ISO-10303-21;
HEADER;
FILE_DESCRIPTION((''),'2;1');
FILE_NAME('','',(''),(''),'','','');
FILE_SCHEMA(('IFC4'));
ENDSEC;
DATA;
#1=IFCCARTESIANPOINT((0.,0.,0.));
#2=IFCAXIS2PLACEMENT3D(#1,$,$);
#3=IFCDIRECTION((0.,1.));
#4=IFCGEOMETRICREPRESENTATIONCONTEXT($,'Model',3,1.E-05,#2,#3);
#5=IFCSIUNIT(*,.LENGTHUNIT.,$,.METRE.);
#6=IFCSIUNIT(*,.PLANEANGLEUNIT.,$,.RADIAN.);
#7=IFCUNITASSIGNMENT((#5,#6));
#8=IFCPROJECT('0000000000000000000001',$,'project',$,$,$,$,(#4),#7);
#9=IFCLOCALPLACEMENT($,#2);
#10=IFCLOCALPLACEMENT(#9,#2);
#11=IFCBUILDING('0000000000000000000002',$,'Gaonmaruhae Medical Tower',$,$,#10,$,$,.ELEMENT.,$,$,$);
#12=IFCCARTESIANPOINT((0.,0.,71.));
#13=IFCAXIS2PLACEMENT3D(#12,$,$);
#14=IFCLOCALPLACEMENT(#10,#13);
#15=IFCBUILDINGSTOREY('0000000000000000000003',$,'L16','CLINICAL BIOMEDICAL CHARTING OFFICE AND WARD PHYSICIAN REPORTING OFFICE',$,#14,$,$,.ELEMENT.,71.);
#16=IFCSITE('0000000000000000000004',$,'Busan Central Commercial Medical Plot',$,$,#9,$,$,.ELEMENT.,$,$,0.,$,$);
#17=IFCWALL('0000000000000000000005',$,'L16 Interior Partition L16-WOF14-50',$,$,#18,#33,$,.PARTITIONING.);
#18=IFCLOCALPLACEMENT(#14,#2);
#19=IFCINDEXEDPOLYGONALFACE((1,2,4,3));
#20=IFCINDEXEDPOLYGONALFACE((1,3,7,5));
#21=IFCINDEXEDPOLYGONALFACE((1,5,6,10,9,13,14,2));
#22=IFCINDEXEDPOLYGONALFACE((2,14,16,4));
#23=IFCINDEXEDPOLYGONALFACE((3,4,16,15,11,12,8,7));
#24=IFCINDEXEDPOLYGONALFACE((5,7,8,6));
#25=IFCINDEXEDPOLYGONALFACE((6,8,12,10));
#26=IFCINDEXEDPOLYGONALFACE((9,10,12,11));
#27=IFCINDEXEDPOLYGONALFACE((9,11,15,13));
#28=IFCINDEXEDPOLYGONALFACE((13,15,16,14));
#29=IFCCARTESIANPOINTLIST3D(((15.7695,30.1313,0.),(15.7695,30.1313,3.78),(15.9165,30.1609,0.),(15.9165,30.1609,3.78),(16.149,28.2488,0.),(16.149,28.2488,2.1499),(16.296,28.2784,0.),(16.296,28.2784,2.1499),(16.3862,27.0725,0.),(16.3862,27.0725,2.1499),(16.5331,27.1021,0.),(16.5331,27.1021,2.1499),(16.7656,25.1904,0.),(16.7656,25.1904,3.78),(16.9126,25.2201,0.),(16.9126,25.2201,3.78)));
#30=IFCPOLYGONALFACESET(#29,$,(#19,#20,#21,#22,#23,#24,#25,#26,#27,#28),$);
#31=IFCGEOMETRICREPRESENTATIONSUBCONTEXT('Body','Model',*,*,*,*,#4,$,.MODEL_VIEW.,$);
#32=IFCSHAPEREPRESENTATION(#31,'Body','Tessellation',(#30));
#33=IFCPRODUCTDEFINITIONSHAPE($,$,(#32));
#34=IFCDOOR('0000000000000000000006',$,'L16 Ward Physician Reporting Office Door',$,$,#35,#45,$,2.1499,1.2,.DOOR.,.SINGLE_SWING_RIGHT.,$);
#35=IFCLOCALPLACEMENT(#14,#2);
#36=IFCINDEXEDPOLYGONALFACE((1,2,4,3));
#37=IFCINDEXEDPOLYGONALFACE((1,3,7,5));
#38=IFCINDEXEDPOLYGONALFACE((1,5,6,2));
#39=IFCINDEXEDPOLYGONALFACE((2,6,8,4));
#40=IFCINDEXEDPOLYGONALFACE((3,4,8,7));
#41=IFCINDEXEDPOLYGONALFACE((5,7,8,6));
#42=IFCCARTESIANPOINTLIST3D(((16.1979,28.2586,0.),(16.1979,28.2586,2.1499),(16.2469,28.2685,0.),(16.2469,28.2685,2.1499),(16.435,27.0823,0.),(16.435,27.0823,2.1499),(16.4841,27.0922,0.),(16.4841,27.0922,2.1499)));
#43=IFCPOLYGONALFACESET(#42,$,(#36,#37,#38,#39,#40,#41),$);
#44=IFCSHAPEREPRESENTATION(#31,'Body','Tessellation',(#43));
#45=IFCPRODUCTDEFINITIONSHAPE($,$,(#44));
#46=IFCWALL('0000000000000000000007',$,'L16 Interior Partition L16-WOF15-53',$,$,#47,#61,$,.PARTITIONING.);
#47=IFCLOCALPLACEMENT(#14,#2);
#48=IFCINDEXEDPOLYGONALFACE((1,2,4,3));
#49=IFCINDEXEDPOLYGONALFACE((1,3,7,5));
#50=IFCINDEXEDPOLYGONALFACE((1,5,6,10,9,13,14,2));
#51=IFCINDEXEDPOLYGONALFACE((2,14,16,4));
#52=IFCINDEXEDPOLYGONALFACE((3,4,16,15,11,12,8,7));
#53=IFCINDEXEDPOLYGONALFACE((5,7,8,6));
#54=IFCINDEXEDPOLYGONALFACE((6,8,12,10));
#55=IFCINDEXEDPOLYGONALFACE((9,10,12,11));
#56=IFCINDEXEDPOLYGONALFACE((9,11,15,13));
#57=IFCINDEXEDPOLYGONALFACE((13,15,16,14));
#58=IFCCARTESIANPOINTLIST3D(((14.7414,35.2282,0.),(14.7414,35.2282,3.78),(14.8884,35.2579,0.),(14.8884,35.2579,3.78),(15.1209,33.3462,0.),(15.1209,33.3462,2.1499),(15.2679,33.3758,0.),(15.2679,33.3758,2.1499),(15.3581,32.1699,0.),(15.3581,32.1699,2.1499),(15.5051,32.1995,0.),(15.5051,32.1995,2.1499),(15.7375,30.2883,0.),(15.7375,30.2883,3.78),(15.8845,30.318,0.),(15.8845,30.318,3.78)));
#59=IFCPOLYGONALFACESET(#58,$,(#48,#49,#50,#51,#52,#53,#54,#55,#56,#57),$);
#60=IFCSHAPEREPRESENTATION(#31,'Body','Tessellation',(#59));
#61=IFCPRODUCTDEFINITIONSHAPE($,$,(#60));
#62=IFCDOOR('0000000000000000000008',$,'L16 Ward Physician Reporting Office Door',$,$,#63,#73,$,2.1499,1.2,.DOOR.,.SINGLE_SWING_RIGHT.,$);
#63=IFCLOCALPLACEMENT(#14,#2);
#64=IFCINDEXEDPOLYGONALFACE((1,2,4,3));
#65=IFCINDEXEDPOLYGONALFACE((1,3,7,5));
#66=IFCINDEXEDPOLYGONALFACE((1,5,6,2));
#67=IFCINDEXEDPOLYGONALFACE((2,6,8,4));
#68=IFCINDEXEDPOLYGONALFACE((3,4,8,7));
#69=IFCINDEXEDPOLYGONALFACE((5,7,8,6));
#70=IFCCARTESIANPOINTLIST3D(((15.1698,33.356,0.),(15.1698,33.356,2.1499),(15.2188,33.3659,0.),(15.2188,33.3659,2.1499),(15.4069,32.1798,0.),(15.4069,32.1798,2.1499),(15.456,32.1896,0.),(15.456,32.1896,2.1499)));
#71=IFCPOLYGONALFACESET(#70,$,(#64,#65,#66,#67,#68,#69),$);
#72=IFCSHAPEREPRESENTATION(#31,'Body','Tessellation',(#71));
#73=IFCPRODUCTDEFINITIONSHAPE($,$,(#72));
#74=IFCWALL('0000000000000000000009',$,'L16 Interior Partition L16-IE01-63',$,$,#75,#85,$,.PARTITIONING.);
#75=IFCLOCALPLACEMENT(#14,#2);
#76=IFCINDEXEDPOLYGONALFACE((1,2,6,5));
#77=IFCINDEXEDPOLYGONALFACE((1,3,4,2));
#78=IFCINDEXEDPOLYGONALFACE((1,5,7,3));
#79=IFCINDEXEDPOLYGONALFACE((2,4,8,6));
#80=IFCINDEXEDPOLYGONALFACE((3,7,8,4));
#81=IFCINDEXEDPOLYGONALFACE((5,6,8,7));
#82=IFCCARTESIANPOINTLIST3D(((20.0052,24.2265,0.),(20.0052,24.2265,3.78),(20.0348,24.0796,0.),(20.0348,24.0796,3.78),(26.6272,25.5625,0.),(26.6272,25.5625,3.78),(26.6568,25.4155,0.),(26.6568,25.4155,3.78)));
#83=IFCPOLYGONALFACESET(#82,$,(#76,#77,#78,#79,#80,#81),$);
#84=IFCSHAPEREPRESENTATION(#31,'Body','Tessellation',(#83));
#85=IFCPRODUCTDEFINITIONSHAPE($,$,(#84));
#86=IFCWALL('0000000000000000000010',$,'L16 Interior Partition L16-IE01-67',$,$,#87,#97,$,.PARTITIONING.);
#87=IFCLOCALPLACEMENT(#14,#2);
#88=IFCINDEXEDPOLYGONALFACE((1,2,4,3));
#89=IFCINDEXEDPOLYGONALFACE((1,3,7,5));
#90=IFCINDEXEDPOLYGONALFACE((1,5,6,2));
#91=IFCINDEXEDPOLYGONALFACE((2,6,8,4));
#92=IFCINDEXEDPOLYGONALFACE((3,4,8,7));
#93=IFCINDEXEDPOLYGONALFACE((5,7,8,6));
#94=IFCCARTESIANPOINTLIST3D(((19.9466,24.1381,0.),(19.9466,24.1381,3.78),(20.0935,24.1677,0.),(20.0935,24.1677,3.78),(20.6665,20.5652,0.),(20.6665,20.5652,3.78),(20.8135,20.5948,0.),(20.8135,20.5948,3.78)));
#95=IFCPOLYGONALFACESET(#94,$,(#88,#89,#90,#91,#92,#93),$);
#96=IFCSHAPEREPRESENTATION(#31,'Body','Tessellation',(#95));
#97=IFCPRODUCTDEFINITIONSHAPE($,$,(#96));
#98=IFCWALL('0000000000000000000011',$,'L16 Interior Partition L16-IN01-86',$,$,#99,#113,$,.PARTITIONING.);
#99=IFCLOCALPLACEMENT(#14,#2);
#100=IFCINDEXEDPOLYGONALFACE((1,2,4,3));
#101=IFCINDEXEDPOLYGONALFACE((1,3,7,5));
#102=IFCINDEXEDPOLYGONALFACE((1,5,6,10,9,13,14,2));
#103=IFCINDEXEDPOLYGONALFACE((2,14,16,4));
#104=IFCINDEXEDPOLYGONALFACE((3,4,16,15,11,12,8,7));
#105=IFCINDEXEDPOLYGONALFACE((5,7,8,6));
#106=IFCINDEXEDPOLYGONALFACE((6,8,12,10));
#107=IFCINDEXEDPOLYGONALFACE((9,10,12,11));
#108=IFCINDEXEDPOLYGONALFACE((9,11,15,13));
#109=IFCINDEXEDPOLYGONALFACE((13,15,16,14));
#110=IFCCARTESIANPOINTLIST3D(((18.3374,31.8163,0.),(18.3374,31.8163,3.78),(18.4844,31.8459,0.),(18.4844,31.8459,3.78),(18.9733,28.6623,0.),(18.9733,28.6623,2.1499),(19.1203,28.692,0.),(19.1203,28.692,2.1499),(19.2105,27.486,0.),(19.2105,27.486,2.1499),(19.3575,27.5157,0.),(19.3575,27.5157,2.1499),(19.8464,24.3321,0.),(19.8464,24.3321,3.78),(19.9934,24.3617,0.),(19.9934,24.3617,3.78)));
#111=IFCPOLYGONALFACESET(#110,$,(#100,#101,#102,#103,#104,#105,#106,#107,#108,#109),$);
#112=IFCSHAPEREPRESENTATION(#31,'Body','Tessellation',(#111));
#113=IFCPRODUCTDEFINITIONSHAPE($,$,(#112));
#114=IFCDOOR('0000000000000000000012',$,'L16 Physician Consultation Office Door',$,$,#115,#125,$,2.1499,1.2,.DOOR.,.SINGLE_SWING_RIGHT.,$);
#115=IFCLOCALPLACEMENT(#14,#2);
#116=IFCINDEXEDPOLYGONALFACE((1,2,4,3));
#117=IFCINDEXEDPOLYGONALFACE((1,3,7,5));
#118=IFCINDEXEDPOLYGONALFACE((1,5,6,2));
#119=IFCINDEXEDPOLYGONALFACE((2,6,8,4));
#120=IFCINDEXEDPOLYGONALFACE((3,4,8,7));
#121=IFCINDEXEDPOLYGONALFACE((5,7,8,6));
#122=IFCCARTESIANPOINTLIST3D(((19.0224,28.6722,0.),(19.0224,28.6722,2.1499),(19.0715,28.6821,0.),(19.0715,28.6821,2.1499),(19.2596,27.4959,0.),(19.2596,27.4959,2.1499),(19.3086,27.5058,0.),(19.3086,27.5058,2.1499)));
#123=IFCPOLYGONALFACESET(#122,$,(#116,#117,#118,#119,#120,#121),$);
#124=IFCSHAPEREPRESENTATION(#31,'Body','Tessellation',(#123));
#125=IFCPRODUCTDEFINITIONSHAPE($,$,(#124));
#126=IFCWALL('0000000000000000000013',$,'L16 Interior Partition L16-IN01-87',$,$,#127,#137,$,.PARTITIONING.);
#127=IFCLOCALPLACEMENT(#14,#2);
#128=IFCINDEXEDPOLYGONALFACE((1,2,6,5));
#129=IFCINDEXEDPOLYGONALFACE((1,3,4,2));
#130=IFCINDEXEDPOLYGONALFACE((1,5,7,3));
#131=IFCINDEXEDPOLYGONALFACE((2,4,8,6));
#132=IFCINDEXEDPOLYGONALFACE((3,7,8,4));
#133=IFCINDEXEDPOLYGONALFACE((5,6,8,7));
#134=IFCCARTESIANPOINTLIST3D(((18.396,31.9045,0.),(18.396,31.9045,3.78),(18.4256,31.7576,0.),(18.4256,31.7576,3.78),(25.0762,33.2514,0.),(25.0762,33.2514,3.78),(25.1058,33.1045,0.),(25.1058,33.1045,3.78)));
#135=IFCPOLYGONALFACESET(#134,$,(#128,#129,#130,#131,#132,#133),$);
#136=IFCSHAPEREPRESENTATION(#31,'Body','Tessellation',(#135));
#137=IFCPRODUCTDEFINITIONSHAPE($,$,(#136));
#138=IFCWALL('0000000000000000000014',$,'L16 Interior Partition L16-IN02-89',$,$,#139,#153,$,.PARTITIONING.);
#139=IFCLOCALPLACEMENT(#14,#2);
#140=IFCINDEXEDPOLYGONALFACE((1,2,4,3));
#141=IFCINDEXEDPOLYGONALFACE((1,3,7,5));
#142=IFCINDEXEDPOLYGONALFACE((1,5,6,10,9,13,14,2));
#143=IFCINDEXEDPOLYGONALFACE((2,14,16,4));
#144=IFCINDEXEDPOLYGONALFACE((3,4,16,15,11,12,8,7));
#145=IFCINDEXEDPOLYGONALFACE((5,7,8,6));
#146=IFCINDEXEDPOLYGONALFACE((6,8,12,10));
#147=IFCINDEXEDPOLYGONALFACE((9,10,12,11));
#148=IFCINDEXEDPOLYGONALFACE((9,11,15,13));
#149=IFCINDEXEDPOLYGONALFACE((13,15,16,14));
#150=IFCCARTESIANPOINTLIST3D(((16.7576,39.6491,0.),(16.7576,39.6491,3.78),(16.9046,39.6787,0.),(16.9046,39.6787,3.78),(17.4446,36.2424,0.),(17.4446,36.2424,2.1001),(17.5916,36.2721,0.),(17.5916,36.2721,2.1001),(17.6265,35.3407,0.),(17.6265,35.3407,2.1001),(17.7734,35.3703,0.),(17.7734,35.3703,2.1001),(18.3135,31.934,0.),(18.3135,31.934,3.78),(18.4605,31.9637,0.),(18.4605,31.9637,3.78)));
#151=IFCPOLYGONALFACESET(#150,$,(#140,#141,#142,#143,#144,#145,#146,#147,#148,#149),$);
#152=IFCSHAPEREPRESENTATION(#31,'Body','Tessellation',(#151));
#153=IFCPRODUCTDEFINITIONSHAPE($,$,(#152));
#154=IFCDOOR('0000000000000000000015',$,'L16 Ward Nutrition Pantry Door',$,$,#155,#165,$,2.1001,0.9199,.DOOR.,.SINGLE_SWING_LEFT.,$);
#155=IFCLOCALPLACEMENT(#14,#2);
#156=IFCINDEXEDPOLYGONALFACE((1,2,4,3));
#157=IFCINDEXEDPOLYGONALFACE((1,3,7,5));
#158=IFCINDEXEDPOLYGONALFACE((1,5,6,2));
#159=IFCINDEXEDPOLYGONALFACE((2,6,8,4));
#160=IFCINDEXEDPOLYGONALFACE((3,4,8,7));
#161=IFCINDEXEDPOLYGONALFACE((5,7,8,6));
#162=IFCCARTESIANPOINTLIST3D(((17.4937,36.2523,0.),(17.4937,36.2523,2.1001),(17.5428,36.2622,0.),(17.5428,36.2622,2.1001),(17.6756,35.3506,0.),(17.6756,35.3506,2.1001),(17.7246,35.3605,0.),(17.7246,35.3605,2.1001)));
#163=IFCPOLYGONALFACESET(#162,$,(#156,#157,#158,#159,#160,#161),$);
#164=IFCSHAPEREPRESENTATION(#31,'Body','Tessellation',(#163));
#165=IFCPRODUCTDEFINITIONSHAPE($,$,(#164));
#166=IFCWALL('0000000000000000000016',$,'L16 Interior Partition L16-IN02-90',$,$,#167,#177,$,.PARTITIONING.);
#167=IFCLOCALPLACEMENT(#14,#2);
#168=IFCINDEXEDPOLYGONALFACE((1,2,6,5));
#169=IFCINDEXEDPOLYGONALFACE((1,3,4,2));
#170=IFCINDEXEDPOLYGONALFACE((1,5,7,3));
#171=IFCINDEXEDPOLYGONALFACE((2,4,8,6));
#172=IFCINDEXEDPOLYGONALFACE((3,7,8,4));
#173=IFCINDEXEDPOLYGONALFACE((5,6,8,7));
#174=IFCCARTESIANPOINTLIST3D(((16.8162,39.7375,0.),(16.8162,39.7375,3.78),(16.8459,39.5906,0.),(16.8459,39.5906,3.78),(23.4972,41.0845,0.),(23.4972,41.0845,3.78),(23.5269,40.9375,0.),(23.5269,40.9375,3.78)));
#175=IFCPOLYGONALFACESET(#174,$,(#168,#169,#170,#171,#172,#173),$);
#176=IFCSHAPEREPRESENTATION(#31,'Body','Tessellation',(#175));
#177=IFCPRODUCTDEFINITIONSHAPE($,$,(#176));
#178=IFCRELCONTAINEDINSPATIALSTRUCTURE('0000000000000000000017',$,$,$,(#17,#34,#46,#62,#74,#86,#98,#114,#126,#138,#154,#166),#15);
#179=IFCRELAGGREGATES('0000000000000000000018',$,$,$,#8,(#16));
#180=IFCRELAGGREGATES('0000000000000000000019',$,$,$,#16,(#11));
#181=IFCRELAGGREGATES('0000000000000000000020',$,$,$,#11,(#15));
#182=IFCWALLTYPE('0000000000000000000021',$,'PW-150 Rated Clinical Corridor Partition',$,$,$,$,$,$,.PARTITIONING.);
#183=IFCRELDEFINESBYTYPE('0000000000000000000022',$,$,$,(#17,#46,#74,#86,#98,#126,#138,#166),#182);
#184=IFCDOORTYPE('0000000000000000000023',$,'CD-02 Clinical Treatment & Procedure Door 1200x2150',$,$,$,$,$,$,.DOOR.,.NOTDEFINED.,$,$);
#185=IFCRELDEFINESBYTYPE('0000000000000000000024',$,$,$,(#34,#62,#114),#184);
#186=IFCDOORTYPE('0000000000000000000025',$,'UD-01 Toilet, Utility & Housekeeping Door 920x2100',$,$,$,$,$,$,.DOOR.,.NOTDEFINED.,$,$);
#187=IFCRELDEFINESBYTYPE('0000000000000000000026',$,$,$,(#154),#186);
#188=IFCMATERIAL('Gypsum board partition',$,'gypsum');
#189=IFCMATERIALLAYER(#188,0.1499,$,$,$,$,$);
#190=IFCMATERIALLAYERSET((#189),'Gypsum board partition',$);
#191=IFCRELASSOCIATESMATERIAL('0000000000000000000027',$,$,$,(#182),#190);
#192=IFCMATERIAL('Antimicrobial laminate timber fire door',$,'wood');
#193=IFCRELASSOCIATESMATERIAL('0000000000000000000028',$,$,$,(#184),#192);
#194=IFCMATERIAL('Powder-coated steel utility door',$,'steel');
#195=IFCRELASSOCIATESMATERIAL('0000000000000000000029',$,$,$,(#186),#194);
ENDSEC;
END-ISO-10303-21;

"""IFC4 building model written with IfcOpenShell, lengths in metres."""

from ifc_helpers import new_model, si_unit, direction, frame, frame_2d, origin, place, context, subcontext, project, spatial, rectangle, extrude, material, layer, layer_set, type_object, element, fill, save


model = new_model("IFC4")

# Units and contexts
model_context = context("Model", 3, precision=1e-05, world=origin(), true_north=direction((0.0, 1.0)))
body_context = subcontext(model_context, "Body", "Model", "MODEL_VIEW")
ifc_project = project(units=[si_unit("LENGTHUNIT", "METRE"), si_unit("PLANEANGLEUNIT", "RADIAN")], contexts=[model_context])

# Site, building, storey
site_placement = place(None, origin())
site = spatial("IfcSite", under=ifc_project, at=site_placement, Name="Busan Central Commercial Medical Plot", CompositionType="ELEMENT", RefElevation=0.0)
building_placement = place(site_placement, origin())
building = spatial("IfcBuilding", under=site, at=building_placement, Name="Gaonmaruhae Medical Tower", CompositionType="ELEMENT")
storey_placement = place(building_placement, frame((0.0, 0.0, 71.0)))
storey = spatial("IfcBuildingStorey", under=building, at=storey_placement, Name="L16", Description="CLINICAL BIOMEDICAL CHARTING OFFICE AND WARD PHYSICIAN REPORTING OFFICE", CompositionType="ELEMENT", Elevation=71.0)

# Shared definitions
ifc_material_1 = material(Name="Gypsum board partition", Category="gypsum")
ifc_layer_1 = layer(ifc_material_1, 0.1499)
ifc_layer_set_1 = layer_set([ifc_layer_1], Name="Gypsum board partition")
wall_type_1 = type_object("IfcWallType", Name="PW-150 Rated Clinical Corridor Partition", PredefinedType="PARTITIONING", material=ifc_layer_set_1)
ifc_material_2 = material(Name="Antimicrobial laminate timber fire door", Category="wood")

# Walls, openings, doors
door_type_1 = type_object("IfcDoorType", Name="CD-02 Clinical Treatment & Procedure Door 1200x2150", OperationType="NOTDEFINED", PredefinedType="DOOR", material=ifc_material_2)
wall_1_placement = place(storey_placement, frame((15.843, 30.146, 0.0), z_axis=(0.0, 0.0, 1.0), x_axis=(0.197625, -0.980278, 0.0)))
wall_1 = element("IfcWall", 1, at=wall_1_placement, inside=storey, type_object=wall_type_1, Name="L16 Interior Partition L16-WOF14-50", PredefinedType="PARTITIONING", context=body_context, shape_type="SweptSolid", body=[
    extrude(rectangle(XDim=5.0403, YDim=0.1499, at=frame_2d((2.52, 0.0))), origin(), (0.0, 0.0, 1.0), 3.78),
])
opening_1_placement = place(wall_1_placement, frame((1.9202, 0.0, 0.0)))
opening_1 = element("IfcOpeningElement", 2, at=opening_1_placement, cuts=wall_1, PredefinedType="OPENING", context=body_context, shape_type="SweptSolid", body=[
    extrude(rectangle(XDim=1.2, YDim=2.1499, at=frame_2d((0.6001, 1.075))), frame((0.0, 0.085, 0.0), z_axis=(0.0, -1.0, 0.0), x_axis=(1.0, 0.0, 0.0)), (0.0, 0.0, 1.0), 0.1699),
])
door_1_placement = place(opening_1_placement, origin())
door_1 = element("IfcDoor", 3, at=door_1_placement, inside=storey, type_object=door_type_1, Name="L16 Ward Physician Reporting Office Door", OperationType="SINGLE_SWING_RIGHT", OverallHeight=2.1499, OverallWidth=1.2, PredefinedType="DOOR", context=body_context, shape_type="SweptSolid", body=[
    extrude(rectangle(XDim=1.2, YDim=2.1499, at=frame_2d((0.6001, 1.075))), frame((0.0, 0.0249, 0.0), z_axis=(0.0, -1.0, 0.0), x_axis=(1.0, 0.0, 0.0)), (0.0, 0.0, 1.0), 0.05),
])
fill(opening_1, door_1)
wall_2_placement = place(storey_placement, frame((14.8149, 35.2429, 0.0), z_axis=(0.0, 0.0, 1.0), x_axis=(0.197662, -0.98027, 0.0)))
wall_2 = element("IfcWall", 4, at=wall_2_placement, inside=storey, type_object=wall_type_1, Name="L16 Interior Partition L16-WOF15-53", PredefinedType="PARTITIONING", context=body_context, shape_type="SweptSolid", body=[
    extrude(rectangle(XDim=5.0393, YDim=0.1499, at=frame_2d((2.5195, 0.0))), origin(), (0.0, 0.0, 1.0), 3.78),
])
opening_2_placement = place(wall_2_placement, frame((1.9197, 0.0, 0.0)))
opening_2 = element("IfcOpeningElement", 5, at=opening_2_placement, cuts=wall_2, PredefinedType="OPENING", context=body_context, shape_type="SweptSolid", body=[
    extrude(rectangle(XDim=1.2, YDim=2.1499, at=frame_2d((0.6001, 1.075))), frame((0.0, 0.085, 0.0), z_axis=(0.0, -1.0, 0.0), x_axis=(1.0, 0.0, 0.0)), (0.0, 0.0, 1.0), 0.1699),
])
door_2_placement = place(opening_2_placement, origin())
door_2 = element("IfcDoor", 6, at=door_2_placement, inside=storey, type_object=door_type_1, Name="L16 Ward Physician Reporting Office Door", OperationType="SINGLE_SWING_RIGHT", OverallHeight=2.1499, OverallWidth=1.2, PredefinedType="DOOR", context=body_context, shape_type="SweptSolid", body=[
    extrude(rectangle(XDim=1.2, YDim=2.1499, at=frame_2d((0.6001, 1.075))), frame((0.0, 0.0249, 0.0), z_axis=(0.0, -1.0, 0.0), x_axis=(1.0, 0.0, 0.0)), (0.0, 0.0, 1.0), 0.05),
])
fill(opening_2, door_2)

# Walls
wall_3_placement = place(storey_placement, frame((20.02, 24.1531, 0.0), z_axis=(0.0, 0.0, 1.0), x_axis=(0.980251, 0.197756, 0.0)))
element("IfcWall", 7, at=wall_3_placement, inside=storey, type_object=wall_type_1, Name="L16 Interior Partition L16-IE01-63", PredefinedType="PARTITIONING", context=body_context, shape_type="SweptSolid", body=[
    extrude(rectangle(XDim=6.7554, YDim=0.1499, at=frame_2d((3.3777, 0.0))), origin(), (0.0, 0.0, 1.0), 3.78),
])
wall_4_placement = place(storey_placement, frame((20.74, 20.5801, 0.0), z_axis=(0.0, 0.0, 1.0), x_axis=(-0.197533, 0.980296, 0.0)))
element("IfcWall", 8, at=wall_4_placement, inside=storey, type_object=wall_type_1, Name="L16 Interior Partition L16-IE01-67", PredefinedType="PARTITIONING", context=body_context, shape_type="SweptSolid", body=[
    extrude(rectangle(XDim=3.6448, YDim=0.1499, at=frame_2d((1.8223, 0.0))), origin(), (0.0, 0.0, 1.0), 3.78),
])

# Wall, opening, door
wall_5_placement = place(storey_placement, frame((19.9199, 24.3469, 0.0), z_axis=(0.0, 0.0, 1.0), x_axis=(-0.197653, 0.980272, 0.0)))
wall_5 = element("IfcWall", 9, at=wall_5_placement, inside=storey, type_object=wall_type_1, Name="L16 Interior Partition L16-IN01-86", PredefinedType="PARTITIONING", context=body_context, shape_type="SweptSolid", body=[
    extrude(rectangle(XDim=7.6348, YDim=0.1499, at=frame_2d((3.8174, 0.0))), origin(), (0.0, 0.0, 1.0), 3.78),
])
opening_3_placement = place(wall_5_placement, frame((3.2173, 0.0, 0.0)))
opening_3 = element("IfcOpeningElement", 10, at=opening_3_placement, cuts=wall_5, PredefinedType="OPENING", context=body_context, shape_type="SweptSolid", body=[
    extrude(rectangle(XDim=1.2, YDim=2.1499, at=frame_2d((0.6001, 1.075))), frame((0.0, 0.085, 0.0), z_axis=(0.0, -1.0, 0.0), x_axis=(1.0, 0.0, 0.0)), (0.0, 0.0, 1.0), 0.1699),
])
door_3_placement = place(opening_3_placement, origin())
door_3 = element("IfcDoor", 11, at=door_3_placement, inside=storey, type_object=door_type_1, Name="L16 Physician Consultation Office Door", OperationType="SINGLE_SWING_RIGHT", OverallHeight=2.1499, OverallWidth=1.2, PredefinedType="DOOR", context=body_context, shape_type="SweptSolid", body=[
    extrude(rectangle(XDim=1.2, YDim=2.1499, at=frame_2d((0.6001, 1.075))), frame((0.0, 0.0249, 0.0), z_axis=(0.0, -1.0, 0.0), x_axis=(1.0, 0.0, 0.0)), (0.0, 0.0, 1.0), 0.05),
])
fill(opening_3, door_3)

# Wall
wall_6_placement = place(storey_placement, frame((18.4109, 31.8311, 0.0), z_axis=(0.0, 0.0, 1.0), x_axis=(0.980272, 0.197652, 0.0)))
element("IfcWall", 12, at=wall_6_placement, inside=storey, type_object=wall_type_1, Name="L16 Interior Partition L16-IN01-87", PredefinedType="PARTITIONING", context=body_context, shape_type="SweptSolid", body=[
    extrude(rectangle(XDim=6.8147, YDim=0.1499, at=frame_2d((3.4072, 0.0))), origin(), (0.0, 0.0, 1.0), 3.78),
])

# Wall, opening, door
wall_7_placement = place(storey_placement, frame((18.387, 31.949, 0.0), z_axis=(0.0, 0.0, 1.0), x_axis=(-0.197691, 0.980264, 0.0)))
wall_7 = element("IfcWall", 13, at=wall_7_placement, inside=storey, type_object=wall_type_1, Name="L16 Interior Partition L16-IN02-89", PredefinedType="PARTITIONING", context=body_context, shape_type="SweptSolid", body=[
    extrude(rectangle(XDim=7.8704, YDim=0.1499, at=frame_2d((3.9351, 0.0))), origin(), (0.0, 0.0, 1.0), 3.78),
])
opening_4_placement = place(wall_7_placement, frame((3.4751, 0.0, 0.0)))
opening_4 = element("IfcOpeningElement", 14, at=opening_4_placement, cuts=wall_7, PredefinedType="OPENING", context=body_context, shape_type="SweptSolid", body=[
    extrude(rectangle(XDim=0.9199, YDim=2.1001, at=frame_2d((0.46, 1.05))), frame((0.0, 0.085, 0.0), z_axis=(0.0, -1.0, 0.0), x_axis=(1.0, 0.0, 0.0)), (0.0, 0.0, 1.0), 0.1699),
])
ifc_material_3 = material(Name="Powder-coated steel utility door", Category="steel")
door_type_2 = type_object("IfcDoorType", Name="UD-01 Toilet, Utility & Housekeeping Door 920x2100", OperationType="NOTDEFINED", PredefinedType="DOOR", material=ifc_material_3)
door_4_placement = place(opening_4_placement, origin())
door_4 = element("IfcDoor", 15, at=door_4_placement, inside=storey, type_object=door_type_2, Name="L16 Ward Nutrition Pantry Door", OperationType="SINGLE_SWING_LEFT", OverallHeight=2.1001, OverallWidth=0.9199, PredefinedType="DOOR", context=body_context, shape_type="SweptSolid", body=[
    extrude(rectangle(XDim=0.9199, YDim=2.1001, at=frame_2d((0.46, 1.05))), frame((0.0, 0.0249, 0.0), z_axis=(0.0, -1.0, 0.0), x_axis=(1.0, 0.0, 0.0)), (0.0, 0.0, 1.0), 0.05),
])
fill(opening_4, door_4)

# Wall
wall_8_placement = place(storey_placement, frame((16.8311, 39.6641, 0.0), z_axis=(0.0, 0.0, 1.0), x_axis=(0.980276, 0.197631, 0.0)))
element("IfcWall", 16, at=wall_8_placement, inside=storey, type_object=wall_type_1, Name="L16 Interior Partition L16-IN02-90", PredefinedType="PARTITIONING", context=body_context, shape_type="SweptSolid", body=[
    extrude(rectangle(XDim=6.8154, YDim=0.1499, at=frame_2d((3.4077, 0.0))), origin(), (0.0, 0.0, 1.0), 3.78),
])

save(model, "model.ifc")
